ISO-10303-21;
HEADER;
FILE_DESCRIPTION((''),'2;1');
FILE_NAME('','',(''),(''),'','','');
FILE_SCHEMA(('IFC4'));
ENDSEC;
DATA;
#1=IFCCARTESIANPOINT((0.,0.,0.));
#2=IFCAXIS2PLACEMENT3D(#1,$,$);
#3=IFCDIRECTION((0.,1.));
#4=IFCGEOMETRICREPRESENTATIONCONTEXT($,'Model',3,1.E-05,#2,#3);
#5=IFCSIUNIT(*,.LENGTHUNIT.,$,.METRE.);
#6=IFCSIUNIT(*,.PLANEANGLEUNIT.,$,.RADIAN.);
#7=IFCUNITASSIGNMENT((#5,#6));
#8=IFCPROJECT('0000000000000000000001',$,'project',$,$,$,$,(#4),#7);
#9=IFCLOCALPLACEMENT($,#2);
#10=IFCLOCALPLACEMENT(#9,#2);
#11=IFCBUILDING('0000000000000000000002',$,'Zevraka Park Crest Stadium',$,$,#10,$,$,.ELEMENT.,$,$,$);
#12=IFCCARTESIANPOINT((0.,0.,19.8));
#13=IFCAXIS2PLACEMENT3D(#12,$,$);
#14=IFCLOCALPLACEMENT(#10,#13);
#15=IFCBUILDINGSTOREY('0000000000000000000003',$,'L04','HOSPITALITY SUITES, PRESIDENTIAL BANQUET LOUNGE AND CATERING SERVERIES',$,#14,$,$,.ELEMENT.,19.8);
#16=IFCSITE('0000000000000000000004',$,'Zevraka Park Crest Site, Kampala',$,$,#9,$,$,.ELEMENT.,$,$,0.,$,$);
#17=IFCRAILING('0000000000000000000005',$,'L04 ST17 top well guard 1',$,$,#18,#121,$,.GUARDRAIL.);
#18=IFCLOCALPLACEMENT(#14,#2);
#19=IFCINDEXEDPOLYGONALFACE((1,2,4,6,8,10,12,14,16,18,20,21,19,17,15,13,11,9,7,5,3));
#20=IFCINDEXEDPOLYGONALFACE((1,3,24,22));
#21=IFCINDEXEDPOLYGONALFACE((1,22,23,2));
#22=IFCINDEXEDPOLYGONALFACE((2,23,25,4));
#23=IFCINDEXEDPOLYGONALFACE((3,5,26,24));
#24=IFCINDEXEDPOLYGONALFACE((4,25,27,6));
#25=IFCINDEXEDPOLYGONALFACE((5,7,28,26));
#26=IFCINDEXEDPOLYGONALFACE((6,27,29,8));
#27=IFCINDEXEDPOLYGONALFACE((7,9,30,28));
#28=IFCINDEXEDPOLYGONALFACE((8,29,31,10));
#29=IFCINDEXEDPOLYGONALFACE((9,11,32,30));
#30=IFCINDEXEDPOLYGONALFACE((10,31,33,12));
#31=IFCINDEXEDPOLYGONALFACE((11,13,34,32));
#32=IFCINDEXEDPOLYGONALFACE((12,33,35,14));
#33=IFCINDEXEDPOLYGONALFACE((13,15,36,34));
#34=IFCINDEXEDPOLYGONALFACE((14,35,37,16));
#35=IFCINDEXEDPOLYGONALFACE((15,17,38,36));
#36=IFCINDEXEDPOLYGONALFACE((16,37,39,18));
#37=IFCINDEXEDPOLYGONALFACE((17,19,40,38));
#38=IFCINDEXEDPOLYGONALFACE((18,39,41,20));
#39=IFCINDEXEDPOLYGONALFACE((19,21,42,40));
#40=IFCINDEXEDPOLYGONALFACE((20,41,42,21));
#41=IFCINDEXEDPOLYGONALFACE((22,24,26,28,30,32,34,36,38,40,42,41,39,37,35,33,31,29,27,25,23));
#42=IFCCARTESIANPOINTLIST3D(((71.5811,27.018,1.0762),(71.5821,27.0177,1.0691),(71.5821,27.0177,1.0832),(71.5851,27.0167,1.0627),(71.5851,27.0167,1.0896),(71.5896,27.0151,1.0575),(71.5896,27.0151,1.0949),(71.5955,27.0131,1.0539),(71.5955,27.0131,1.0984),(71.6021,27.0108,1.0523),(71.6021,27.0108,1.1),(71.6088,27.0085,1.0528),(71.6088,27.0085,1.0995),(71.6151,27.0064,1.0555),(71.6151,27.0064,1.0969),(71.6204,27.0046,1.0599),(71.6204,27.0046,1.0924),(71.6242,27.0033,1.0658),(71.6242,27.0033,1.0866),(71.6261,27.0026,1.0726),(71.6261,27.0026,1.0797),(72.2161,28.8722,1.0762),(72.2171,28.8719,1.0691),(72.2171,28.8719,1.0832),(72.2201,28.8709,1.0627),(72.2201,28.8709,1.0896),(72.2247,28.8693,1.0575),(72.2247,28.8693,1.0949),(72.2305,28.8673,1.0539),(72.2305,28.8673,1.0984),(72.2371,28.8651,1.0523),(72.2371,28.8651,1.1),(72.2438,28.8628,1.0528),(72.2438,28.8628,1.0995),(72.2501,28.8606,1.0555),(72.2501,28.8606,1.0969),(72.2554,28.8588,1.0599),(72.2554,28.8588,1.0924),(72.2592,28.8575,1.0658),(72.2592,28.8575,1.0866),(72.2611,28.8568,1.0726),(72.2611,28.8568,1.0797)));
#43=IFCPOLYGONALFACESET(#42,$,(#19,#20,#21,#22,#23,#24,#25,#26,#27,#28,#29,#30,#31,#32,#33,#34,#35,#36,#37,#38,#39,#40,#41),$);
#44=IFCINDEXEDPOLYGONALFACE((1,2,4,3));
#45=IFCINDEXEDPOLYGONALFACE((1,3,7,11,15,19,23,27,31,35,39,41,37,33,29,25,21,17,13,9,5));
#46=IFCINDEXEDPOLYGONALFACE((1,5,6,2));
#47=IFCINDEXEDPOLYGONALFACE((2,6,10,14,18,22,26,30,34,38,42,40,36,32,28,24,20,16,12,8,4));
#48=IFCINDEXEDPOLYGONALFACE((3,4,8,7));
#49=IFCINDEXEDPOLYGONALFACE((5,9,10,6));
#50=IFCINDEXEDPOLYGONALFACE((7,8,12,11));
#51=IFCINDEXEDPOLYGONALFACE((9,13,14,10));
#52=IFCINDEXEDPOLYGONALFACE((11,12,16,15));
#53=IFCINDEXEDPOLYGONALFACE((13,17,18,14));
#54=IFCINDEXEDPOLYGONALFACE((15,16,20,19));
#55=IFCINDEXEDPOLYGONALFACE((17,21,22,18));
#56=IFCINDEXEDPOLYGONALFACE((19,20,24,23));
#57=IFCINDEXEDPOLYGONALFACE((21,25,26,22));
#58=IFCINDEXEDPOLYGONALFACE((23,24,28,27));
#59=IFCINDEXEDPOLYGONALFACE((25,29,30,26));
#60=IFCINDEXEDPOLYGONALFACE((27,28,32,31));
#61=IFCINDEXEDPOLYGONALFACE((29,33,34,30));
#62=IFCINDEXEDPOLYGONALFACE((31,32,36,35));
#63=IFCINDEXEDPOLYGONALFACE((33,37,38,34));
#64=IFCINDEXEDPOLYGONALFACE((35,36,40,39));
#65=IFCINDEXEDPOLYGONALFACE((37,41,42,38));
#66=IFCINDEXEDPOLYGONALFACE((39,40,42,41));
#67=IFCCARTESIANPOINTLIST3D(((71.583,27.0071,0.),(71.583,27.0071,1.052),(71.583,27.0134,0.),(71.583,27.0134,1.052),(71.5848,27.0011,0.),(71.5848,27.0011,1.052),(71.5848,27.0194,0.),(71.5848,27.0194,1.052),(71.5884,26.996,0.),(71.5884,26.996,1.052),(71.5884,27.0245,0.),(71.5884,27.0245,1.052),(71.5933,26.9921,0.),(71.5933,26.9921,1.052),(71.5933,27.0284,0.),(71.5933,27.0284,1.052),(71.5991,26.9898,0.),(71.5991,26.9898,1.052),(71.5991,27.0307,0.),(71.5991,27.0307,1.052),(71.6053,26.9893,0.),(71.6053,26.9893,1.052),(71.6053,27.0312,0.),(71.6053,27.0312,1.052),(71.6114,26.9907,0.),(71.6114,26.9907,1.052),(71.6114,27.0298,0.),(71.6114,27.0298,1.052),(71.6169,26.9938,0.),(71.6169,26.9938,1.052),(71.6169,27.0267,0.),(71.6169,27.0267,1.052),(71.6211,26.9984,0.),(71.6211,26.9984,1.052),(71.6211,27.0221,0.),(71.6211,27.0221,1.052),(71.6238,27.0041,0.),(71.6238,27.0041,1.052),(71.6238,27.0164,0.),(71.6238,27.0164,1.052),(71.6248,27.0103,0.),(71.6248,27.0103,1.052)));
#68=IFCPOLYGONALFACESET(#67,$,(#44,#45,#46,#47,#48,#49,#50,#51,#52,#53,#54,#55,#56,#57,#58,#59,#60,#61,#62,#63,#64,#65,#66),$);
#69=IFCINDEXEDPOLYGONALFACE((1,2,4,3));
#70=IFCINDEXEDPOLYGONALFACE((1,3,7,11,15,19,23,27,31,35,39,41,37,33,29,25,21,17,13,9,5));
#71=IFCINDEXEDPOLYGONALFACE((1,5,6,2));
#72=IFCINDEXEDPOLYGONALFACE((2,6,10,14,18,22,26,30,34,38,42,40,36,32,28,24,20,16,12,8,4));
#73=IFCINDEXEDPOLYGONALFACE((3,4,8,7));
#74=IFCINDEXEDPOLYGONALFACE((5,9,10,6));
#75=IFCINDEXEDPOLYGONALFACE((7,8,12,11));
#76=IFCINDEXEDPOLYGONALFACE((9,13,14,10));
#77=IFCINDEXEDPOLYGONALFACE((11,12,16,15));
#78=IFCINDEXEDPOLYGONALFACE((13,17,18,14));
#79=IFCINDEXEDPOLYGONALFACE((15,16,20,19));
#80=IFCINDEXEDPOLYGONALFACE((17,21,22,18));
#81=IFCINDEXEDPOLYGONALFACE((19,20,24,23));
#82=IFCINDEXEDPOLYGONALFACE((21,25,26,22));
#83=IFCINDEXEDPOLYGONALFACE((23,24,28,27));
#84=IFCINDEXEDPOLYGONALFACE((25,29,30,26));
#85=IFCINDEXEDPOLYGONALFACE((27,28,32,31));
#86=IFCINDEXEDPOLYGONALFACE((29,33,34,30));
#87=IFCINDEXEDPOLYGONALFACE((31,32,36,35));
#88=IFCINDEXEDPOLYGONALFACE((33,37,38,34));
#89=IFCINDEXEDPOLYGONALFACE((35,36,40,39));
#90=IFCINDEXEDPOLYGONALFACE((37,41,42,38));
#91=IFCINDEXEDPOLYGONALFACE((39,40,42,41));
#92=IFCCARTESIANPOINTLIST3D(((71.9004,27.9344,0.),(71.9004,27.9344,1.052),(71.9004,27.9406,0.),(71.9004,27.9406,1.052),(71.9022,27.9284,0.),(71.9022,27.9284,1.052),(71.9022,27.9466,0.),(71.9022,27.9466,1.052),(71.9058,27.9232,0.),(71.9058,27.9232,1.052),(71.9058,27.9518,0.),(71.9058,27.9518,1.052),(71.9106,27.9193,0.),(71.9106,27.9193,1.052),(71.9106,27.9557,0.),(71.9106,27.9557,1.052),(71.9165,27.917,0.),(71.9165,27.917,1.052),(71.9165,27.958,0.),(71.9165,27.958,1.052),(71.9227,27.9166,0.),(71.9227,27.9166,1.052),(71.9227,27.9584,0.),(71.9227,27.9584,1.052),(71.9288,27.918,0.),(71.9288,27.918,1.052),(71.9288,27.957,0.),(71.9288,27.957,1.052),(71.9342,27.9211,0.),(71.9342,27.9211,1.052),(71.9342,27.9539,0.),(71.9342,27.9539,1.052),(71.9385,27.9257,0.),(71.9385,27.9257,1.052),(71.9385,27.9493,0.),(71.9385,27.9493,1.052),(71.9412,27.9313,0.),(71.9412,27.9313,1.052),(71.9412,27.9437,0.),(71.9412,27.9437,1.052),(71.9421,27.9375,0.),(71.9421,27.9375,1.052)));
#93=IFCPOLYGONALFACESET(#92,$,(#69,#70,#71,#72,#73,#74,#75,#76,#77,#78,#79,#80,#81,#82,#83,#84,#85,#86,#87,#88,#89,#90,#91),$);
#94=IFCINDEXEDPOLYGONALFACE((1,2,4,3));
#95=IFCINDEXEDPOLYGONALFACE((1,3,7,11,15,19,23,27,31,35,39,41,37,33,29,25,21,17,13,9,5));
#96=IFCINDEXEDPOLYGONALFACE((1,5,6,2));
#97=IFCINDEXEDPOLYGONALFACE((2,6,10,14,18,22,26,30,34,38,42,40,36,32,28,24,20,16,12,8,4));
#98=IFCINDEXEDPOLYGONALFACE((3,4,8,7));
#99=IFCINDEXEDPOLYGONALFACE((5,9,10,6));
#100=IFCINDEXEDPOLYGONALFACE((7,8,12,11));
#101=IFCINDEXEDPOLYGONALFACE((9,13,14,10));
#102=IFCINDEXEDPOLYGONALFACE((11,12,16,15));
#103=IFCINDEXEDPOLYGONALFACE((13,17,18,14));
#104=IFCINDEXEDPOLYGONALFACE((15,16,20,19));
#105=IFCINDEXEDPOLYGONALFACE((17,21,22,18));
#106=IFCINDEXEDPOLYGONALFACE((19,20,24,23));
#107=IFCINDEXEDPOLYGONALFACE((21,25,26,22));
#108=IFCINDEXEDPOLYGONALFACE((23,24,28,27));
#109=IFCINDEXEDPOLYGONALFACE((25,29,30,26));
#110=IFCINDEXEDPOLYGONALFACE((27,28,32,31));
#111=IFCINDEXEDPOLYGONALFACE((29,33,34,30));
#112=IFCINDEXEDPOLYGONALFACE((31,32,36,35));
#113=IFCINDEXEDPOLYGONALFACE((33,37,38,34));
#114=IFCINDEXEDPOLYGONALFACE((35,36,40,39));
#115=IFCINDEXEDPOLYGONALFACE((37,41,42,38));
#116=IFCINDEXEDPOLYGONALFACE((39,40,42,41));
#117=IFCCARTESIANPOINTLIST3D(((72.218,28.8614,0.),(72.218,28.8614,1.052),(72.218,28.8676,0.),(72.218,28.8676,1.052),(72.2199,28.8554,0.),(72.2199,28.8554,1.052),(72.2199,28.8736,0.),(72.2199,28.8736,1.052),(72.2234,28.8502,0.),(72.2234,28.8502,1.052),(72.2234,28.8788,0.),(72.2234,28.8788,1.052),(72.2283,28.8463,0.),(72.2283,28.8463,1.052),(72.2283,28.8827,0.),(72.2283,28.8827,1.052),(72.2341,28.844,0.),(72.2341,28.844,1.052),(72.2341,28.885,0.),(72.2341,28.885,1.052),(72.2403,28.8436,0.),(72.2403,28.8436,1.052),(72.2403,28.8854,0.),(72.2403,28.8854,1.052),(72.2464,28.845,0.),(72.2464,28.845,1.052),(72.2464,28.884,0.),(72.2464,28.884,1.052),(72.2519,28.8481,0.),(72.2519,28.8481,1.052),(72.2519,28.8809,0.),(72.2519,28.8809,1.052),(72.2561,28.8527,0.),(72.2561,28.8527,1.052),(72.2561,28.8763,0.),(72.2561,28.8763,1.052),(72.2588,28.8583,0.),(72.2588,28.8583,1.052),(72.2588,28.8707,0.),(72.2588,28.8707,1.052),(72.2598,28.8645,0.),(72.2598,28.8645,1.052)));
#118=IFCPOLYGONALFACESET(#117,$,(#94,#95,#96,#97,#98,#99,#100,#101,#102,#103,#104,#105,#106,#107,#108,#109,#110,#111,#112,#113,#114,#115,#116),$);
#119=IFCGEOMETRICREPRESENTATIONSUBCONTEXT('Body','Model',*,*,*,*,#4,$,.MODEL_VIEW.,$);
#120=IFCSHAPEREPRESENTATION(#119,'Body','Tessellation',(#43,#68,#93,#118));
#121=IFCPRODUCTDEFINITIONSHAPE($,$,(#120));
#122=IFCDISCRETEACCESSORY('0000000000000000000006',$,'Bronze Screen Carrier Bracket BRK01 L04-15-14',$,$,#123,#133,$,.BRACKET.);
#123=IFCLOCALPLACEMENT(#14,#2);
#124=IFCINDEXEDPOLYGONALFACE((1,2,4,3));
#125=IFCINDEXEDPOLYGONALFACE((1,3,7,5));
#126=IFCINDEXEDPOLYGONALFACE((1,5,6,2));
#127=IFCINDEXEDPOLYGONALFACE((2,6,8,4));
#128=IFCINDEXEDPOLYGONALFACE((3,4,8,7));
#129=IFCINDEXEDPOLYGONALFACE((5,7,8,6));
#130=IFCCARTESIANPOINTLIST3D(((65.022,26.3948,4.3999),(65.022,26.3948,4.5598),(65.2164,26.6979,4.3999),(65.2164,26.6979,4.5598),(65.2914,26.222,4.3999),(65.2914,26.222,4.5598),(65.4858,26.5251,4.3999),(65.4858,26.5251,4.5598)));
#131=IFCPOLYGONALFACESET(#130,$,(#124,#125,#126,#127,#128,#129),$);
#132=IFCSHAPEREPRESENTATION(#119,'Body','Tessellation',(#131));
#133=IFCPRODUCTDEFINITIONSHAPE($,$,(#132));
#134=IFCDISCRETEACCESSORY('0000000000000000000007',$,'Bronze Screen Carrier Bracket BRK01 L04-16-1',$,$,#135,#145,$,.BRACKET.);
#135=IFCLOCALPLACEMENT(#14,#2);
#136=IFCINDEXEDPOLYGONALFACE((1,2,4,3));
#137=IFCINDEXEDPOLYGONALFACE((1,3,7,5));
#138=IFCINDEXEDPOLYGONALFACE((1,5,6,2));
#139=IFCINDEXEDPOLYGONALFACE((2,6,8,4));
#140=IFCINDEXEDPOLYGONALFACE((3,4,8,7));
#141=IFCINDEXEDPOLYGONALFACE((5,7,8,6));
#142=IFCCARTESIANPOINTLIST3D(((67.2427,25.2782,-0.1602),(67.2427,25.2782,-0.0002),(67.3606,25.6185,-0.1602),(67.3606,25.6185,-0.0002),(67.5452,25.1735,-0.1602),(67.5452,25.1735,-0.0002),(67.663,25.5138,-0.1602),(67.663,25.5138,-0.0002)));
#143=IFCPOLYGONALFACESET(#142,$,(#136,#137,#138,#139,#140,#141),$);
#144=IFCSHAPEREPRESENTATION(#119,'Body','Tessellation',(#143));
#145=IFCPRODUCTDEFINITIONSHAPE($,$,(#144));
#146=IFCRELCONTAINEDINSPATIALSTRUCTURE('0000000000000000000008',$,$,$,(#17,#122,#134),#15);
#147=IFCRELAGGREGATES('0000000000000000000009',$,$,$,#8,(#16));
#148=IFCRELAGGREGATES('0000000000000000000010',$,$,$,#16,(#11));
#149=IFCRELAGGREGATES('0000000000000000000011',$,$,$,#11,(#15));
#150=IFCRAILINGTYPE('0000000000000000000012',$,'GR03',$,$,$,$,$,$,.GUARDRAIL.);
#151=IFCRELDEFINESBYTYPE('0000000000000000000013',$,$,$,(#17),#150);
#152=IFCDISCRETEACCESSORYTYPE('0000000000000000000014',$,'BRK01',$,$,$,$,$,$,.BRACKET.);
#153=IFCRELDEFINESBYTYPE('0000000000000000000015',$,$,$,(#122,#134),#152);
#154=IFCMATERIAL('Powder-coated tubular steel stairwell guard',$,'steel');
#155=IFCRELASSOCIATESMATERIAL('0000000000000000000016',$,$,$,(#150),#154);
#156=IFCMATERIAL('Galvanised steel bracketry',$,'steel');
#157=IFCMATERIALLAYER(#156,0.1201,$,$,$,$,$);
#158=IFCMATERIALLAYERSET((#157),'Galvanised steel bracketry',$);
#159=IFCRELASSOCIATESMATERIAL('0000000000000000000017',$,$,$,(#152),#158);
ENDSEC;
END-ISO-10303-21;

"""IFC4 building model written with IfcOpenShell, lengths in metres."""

from ifc_helpers import new_model, si_unit, direction, frame, origin, origin_2d, place, context, subcontext, project, spatial, rectangle, circle, extrude, material, layer, layer_set, type_object, element, save


model = new_model("IFC4")

# Units and contexts
model_context = context("Model", 3, precision=1e-05, world=origin(), true_north=direction((0.0, 1.0)))
body_context = subcontext(model_context, "Body", "Model", "MODEL_VIEW")
ifc_project = project(units=[si_unit("LENGTHUNIT", "METRE"), si_unit("PLANEANGLEUNIT", "RADIAN")], contexts=[model_context])

# Site, building, storey
site_placement = place(None, origin())
site = spatial("IfcSite", under=ifc_project, at=site_placement, Name="Zevraka Park Crest Site, Kampala", CompositionType="ELEMENT", RefElevation=0.0)
building_placement = place(site_placement, origin())
building = spatial("IfcBuilding", under=site, at=building_placement, Name="Zevraka Park Crest Stadium", CompositionType="ELEMENT")
storey_placement = place(building_placement, frame((0.0, 0.0, 19.8)))
storey = spatial("IfcBuildingStorey", under=building, at=storey_placement, Name="L04", Description="HOSPITALITY SUITES, PRESIDENTIAL BANQUET LOUNGE AND CATERING SERVERIES", CompositionType="ELEMENT", Elevation=19.8)

# Railing
ifc_material_1 = material(Name="Powder-coated tubular steel stairwell guard", Category="steel")
railing_type_1 = type_object("IfcRailingType", Name="GR03", PredefinedType="GUARDRAIL", material=ifc_material_1)
railing_1_placement = place(storey_placement, frame((71.6038, 27.0103, 0.0)))
element("IfcRailing", 1, at=railing_1_placement, inside=storey, type_object=railing_type_1, Name="L04 ST17 top well guard 1", PredefinedType="GUARDRAIL", context=body_context, shape_type="SweptSolid", body=[
    extrude(circle(Radius=0.0239, at=origin_2d()), frame((0.0, 0.0, 1.0762), z_axis=(0.32399, 0.946061, 0.0), x_axis=(-0.946061, 0.32399, 0.0)), (0.0, 0.0, 1.0), 1.96),
    extrude(circle(Radius=0.021, at=origin_2d()), origin(), (0.0, 0.0, 1.0), 1.052),
    extrude(circle(Radius=0.021, at=origin_2d()), frame((0.3174, 0.9272, 0.0)), (0.0, 0.0, 1.0), 1.052),
    extrude(circle(Radius=0.021, at=origin_2d()), frame((0.635, 1.8542, 0.0)), (0.0, 0.0, 1.0), 1.052),
])

# Discrete accessories
ifc_material_2 = material(Name="Galvanised steel bracketry", Category="steel")
ifc_layer_1 = layer(ifc_material_2, 0.1201)
ifc_layer_set_1 = layer_set([ifc_layer_1], Name="Galvanised steel bracketry")
discrete_accessory_type = type_object("IfcDiscreteAccessoryType", Name="BRK01", PredefinedType="BRACKET", material=ifc_layer_set_1)
for number, where, z_axis, x_axis, name in (
    (2, (65.2539, 26.46, 4.3999), (0.0, 0.0, 1.0), (0.841699, -0.539947, 0.0), "Bronze Screen Carrier Bracket BRK01 L04-15-14"),
    (3, (67.4529, 25.396, -0.1602), (0.0, 0.0, 1.0), (0.944949, -0.327218, 0.0), "Bronze Screen Carrier Bracket BRK01 L04-16-1"),
):
    element("IfcDiscreteAccessory", number, at=place(storey_placement, frame(where, z_axis=z_axis, x_axis=x_axis)), inside=storey, type_object=discrete_accessory_type, Name=name, PredefinedType="BRACKET", context=body_context, shape_type="SweptSolid", body=[
        extrude(rectangle(XDim=0.3201, YDim=0.3601, at=origin_2d()), origin(), (0.0, 0.0, 1.0), 0.1599),
    ])

save(model, "model.ifc")
